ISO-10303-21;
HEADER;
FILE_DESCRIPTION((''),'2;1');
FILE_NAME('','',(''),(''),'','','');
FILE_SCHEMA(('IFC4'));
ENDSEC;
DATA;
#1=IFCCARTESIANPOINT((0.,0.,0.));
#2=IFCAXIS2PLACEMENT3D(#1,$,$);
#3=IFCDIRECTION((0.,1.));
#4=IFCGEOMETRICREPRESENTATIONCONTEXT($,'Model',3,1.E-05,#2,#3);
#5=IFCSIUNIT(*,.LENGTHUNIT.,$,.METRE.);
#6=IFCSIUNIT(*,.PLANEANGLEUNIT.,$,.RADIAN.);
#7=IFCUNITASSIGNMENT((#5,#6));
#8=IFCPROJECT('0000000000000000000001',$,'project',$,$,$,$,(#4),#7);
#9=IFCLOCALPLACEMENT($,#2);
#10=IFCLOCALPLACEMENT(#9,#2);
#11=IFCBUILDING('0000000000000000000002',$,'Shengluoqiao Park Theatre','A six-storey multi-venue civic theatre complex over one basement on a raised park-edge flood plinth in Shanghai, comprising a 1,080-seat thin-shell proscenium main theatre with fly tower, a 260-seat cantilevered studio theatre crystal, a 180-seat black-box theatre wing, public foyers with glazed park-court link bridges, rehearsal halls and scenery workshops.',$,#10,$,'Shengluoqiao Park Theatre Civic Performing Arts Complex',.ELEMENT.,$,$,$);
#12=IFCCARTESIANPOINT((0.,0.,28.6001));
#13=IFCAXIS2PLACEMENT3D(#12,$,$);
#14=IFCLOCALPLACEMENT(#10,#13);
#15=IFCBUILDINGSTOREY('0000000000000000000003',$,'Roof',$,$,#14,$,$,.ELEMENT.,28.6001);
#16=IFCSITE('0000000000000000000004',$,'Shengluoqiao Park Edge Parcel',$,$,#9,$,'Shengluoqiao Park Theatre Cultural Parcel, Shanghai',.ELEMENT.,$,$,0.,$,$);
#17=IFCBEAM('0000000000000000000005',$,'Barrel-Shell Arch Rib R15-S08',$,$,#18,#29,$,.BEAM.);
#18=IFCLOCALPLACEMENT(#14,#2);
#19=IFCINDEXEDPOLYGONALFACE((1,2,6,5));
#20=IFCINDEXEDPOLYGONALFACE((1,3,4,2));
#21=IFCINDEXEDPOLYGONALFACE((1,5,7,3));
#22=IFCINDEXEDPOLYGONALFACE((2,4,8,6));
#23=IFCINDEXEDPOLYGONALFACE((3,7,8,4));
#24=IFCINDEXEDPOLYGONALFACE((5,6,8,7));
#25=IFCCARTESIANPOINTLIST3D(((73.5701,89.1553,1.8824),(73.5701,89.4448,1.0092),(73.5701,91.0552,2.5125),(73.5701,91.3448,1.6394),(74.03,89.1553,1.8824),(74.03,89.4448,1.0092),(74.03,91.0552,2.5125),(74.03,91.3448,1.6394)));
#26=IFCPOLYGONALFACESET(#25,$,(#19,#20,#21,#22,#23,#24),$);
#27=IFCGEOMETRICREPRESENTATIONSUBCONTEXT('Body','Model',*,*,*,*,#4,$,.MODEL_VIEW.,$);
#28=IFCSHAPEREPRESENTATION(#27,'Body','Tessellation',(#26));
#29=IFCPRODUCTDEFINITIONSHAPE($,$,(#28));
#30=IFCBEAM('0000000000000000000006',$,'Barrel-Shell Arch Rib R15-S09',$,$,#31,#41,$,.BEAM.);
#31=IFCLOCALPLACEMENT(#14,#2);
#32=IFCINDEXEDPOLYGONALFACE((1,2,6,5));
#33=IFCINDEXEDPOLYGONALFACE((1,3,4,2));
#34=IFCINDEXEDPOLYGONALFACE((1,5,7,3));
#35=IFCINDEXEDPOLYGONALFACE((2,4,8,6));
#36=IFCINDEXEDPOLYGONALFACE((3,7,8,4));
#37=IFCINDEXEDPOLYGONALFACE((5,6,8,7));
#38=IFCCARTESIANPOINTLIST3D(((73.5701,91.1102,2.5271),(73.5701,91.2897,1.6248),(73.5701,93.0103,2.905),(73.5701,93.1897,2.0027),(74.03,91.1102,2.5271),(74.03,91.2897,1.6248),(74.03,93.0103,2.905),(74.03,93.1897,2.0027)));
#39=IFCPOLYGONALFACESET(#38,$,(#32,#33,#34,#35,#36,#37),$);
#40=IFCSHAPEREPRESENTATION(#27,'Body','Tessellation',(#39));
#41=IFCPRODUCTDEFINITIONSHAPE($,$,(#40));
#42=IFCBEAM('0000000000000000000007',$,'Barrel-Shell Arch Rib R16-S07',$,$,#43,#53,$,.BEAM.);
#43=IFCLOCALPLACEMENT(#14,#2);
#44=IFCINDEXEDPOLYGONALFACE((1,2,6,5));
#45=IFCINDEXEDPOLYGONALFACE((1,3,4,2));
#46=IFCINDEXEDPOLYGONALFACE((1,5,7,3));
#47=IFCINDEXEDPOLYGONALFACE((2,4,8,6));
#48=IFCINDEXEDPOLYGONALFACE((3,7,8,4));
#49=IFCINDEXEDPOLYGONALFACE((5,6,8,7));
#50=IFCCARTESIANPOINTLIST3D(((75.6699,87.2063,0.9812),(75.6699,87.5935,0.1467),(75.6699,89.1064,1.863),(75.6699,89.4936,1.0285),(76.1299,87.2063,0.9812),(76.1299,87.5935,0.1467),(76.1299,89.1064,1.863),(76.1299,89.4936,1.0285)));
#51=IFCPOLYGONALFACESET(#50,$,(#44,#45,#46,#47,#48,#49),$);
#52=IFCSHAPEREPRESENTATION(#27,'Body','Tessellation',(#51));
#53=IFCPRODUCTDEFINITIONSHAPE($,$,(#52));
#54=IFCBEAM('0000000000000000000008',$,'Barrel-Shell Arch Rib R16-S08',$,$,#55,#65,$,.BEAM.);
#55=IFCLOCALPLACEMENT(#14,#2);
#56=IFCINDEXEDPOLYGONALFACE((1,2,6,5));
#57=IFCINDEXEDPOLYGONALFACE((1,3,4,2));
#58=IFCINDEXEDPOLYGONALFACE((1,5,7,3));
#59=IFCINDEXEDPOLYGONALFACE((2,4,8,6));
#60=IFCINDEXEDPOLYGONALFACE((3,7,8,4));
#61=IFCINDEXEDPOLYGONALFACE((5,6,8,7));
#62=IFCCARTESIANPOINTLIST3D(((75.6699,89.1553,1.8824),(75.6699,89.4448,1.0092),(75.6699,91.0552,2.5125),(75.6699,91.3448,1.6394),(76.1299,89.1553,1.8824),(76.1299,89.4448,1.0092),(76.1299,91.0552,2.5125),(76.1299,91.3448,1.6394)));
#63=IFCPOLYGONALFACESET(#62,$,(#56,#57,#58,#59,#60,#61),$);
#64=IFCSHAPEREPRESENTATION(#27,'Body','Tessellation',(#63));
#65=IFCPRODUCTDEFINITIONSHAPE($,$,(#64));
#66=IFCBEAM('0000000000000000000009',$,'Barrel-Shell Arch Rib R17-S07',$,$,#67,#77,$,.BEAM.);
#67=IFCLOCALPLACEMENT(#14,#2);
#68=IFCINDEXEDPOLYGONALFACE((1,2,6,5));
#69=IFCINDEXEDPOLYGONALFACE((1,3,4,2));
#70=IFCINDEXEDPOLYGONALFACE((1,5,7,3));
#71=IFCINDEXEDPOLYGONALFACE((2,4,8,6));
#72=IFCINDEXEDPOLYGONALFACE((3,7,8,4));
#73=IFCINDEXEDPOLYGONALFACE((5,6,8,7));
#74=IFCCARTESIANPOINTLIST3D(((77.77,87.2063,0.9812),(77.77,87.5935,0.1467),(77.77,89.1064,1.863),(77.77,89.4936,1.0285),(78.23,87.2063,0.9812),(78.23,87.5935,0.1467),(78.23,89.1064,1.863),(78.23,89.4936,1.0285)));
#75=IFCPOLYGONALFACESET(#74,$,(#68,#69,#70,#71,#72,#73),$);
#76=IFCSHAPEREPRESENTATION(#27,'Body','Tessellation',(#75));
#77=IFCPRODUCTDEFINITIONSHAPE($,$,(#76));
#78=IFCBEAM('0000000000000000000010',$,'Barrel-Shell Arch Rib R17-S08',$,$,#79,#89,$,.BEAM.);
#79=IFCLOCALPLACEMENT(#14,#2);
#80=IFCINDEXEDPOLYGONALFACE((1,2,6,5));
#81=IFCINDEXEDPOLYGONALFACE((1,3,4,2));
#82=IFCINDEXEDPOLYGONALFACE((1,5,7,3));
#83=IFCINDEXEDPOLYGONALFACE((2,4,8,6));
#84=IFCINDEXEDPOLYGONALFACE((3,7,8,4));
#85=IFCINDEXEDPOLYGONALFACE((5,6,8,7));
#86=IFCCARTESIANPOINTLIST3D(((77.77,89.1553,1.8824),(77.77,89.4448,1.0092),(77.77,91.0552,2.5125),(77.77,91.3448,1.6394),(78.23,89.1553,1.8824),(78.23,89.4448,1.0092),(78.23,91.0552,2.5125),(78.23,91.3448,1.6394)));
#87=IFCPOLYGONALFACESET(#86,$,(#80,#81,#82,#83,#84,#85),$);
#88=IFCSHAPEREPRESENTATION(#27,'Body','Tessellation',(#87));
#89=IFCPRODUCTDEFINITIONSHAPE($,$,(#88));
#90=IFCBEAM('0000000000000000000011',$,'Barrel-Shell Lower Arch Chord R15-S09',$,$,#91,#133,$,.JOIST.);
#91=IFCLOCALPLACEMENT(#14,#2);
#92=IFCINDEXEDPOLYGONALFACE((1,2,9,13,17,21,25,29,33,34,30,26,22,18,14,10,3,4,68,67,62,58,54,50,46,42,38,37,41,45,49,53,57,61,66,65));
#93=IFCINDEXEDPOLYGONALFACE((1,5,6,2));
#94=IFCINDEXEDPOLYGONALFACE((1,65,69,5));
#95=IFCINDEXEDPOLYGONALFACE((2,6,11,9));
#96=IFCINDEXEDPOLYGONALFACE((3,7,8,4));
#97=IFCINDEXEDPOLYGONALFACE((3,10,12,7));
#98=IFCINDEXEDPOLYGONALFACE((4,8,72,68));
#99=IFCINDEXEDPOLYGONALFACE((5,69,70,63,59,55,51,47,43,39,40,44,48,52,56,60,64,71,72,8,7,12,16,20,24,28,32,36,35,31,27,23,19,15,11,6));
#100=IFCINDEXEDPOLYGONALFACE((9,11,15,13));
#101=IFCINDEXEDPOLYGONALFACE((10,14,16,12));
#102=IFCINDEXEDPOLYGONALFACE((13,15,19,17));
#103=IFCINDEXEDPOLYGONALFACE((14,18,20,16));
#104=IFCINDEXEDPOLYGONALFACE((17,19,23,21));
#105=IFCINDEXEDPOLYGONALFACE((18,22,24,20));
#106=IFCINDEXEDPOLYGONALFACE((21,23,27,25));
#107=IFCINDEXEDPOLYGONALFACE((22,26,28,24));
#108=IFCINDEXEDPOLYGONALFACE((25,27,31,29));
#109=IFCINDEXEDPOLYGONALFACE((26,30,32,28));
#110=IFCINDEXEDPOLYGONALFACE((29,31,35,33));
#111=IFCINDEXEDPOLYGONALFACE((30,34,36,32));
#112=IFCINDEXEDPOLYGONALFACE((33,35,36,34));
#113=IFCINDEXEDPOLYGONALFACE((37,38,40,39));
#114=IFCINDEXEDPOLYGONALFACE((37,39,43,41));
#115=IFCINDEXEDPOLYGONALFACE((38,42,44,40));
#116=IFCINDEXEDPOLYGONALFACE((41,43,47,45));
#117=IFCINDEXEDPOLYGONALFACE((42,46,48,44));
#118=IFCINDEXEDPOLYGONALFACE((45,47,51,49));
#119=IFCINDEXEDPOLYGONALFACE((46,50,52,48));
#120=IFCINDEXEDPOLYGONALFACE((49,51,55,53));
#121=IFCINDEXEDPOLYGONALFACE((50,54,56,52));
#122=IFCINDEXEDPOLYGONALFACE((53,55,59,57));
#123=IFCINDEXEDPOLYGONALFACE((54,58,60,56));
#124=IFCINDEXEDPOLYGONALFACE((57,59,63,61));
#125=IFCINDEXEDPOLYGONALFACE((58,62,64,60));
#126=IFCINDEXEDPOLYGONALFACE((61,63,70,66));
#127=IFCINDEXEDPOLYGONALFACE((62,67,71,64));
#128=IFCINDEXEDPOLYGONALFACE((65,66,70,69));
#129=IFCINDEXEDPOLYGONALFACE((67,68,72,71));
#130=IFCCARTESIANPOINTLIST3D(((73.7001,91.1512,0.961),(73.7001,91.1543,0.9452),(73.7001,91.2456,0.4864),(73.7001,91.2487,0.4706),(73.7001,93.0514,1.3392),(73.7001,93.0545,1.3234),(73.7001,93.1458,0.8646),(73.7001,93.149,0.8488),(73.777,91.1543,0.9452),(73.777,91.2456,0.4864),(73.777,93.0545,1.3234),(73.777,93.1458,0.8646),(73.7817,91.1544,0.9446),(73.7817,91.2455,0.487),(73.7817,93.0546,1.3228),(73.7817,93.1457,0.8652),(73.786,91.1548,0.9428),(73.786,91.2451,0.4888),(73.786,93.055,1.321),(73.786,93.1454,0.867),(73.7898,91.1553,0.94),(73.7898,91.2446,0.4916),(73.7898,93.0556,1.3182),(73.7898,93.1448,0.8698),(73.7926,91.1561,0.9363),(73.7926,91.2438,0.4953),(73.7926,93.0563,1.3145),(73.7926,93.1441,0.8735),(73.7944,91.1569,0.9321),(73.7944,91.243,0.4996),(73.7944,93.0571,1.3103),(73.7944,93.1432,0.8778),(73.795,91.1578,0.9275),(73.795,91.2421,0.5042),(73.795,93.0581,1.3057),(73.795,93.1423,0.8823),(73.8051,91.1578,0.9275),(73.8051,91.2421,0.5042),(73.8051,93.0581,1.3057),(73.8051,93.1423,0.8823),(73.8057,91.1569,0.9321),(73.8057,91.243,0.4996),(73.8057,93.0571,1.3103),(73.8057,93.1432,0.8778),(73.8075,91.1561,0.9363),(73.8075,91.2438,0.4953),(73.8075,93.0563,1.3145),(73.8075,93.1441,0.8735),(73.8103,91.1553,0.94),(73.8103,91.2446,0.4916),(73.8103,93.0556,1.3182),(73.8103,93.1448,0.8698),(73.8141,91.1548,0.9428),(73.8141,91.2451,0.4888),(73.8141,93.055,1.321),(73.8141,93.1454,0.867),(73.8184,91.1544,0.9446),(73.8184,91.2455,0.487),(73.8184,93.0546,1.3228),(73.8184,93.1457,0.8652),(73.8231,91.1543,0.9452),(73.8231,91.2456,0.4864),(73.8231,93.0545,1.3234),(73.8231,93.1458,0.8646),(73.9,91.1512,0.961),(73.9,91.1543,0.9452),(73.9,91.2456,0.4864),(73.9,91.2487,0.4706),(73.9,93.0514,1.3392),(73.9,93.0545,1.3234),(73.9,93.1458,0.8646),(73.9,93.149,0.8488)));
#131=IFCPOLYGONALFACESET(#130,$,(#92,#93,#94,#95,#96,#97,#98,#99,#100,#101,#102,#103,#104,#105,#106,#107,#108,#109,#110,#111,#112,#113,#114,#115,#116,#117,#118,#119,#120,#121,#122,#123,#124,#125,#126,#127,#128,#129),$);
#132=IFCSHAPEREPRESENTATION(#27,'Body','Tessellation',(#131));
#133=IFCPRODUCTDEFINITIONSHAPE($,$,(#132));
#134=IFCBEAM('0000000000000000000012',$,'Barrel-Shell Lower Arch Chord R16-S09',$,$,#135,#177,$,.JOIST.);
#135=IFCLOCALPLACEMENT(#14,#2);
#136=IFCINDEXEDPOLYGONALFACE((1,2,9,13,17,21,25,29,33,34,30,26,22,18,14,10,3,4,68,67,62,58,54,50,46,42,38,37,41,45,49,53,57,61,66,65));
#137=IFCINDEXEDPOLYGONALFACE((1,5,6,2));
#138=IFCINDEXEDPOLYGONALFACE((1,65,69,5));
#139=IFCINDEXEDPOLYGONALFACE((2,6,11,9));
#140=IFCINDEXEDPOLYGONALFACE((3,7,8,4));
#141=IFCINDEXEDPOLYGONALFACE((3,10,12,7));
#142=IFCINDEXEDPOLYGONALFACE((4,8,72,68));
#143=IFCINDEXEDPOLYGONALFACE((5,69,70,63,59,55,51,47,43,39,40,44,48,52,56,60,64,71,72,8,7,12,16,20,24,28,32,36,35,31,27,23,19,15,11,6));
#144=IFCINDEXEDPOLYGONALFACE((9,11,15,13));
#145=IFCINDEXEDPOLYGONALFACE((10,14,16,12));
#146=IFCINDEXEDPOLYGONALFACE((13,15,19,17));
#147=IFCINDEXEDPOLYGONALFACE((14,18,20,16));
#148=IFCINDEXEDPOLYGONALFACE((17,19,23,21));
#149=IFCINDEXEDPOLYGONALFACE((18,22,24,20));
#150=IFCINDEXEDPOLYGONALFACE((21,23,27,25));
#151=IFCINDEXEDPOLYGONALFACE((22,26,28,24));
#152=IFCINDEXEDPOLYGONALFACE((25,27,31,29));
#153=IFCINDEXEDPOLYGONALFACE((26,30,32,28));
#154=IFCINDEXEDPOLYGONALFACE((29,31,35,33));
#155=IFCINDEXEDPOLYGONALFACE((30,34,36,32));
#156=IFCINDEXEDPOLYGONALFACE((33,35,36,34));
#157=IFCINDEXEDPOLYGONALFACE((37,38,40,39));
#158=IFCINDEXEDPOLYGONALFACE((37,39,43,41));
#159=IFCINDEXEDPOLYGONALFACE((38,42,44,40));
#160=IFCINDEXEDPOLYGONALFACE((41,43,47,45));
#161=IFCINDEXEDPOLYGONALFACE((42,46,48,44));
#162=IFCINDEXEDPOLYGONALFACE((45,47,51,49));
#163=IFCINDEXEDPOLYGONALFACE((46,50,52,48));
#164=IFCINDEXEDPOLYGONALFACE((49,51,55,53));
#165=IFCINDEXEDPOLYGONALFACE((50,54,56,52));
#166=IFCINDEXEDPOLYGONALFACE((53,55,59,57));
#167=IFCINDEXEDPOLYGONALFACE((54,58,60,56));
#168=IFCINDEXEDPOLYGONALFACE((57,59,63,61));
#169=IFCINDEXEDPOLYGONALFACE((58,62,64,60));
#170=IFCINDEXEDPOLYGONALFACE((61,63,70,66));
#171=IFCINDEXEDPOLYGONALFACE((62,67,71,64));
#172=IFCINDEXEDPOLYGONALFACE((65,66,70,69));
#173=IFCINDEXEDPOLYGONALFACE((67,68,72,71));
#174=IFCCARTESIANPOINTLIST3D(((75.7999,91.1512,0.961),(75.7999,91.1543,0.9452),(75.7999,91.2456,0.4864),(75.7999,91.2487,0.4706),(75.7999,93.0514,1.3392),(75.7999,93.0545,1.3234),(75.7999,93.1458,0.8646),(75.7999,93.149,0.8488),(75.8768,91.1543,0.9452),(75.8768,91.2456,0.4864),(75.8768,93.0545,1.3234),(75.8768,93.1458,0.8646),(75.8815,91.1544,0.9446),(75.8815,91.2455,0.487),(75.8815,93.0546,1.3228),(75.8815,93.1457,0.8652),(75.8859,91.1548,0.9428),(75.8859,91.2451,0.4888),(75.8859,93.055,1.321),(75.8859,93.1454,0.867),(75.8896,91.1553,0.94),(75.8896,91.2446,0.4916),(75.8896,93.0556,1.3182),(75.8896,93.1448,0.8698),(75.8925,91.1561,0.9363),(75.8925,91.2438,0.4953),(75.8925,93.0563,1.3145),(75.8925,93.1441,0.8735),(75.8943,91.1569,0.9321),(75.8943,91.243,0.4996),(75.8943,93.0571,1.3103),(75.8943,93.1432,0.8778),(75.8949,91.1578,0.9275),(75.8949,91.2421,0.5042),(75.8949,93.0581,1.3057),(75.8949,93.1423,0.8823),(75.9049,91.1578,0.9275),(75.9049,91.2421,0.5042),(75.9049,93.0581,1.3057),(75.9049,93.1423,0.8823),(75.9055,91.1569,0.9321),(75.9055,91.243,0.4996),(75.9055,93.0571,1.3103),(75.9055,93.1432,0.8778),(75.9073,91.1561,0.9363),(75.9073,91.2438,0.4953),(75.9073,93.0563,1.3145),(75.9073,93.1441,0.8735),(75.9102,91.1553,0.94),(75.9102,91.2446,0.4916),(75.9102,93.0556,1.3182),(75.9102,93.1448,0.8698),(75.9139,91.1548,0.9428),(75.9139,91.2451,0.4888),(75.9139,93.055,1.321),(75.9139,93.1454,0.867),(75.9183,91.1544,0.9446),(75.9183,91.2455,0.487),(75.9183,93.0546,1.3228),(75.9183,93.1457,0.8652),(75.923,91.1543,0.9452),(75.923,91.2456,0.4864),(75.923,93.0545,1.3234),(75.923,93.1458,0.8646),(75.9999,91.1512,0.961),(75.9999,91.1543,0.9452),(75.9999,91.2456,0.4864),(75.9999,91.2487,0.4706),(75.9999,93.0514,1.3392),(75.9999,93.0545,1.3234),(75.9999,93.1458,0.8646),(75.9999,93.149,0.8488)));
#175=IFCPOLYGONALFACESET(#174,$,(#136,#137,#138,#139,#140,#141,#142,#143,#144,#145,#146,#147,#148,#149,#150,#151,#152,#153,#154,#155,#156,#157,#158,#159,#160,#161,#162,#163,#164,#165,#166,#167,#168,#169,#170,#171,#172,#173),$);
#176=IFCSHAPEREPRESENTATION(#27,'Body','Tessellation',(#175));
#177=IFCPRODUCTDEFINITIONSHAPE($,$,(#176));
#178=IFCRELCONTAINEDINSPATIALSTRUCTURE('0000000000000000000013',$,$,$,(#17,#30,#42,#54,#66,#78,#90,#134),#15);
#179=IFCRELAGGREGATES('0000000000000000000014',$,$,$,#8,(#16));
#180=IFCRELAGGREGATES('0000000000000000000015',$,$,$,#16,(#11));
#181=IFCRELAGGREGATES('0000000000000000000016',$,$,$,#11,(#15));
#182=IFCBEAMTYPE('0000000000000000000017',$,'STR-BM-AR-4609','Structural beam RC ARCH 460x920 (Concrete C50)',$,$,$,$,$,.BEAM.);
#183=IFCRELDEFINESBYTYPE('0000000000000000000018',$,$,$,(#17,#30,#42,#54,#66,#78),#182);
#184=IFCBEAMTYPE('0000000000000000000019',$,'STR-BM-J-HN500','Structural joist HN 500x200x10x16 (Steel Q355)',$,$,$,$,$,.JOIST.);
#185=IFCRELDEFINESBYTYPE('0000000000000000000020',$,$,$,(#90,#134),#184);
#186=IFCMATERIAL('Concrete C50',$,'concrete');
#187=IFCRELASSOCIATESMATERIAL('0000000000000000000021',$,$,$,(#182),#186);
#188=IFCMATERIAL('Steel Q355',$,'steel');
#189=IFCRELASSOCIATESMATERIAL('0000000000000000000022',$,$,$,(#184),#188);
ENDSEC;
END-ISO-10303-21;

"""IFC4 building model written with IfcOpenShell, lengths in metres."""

from ifc_helpers import new_model, si_unit, direction, frame, origin, origin_2d, place, context, subcontext, project, spatial, rectangle, i_section, extrude, material, material_profile, profile_set, type_object, element, save


model = new_model("IFC4")

# Units and contexts
model_context = context("Model", 3, precision=1e-05, world=origin(), true_north=direction((0.0, 1.0)))
body_context = subcontext(model_context, "Body", "Model", "MODEL_VIEW")
ifc_project = project(units=[si_unit("LENGTHUNIT", "METRE"), si_unit("PLANEANGLEUNIT", "RADIAN")], contexts=[model_context])

# Site, building, storey
site_placement = place(None, origin())
site = spatial("IfcSite", under=ifc_project, at=site_placement, Name="Shengluoqiao Park Edge Parcel", LongName="Shengluoqiao Park Theatre Cultural Parcel, Shanghai", CompositionType="ELEMENT", RefElevation=0.0)
building_placement = place(site_placement, origin())
building = spatial("IfcBuilding", under=site, at=building_placement, Name="Shengluoqiao Park Theatre", Description="A six-storey multi-venue civic theatre complex over one basement on a raised park-edge flood plinth in Shanghai, comprising a 1,080-seat thin-shell proscenium main theatre with fly tower, a 260-seat cantilevered studio theatre crystal, a 180-seat black-box theatre wing, public foyers with glazed park-court link bridges, rehearsal halls and scenery workshops.", LongName="Shengluoqiao Park Theatre Civic Performing Arts Complex", CompositionType="ELEMENT")
storey_placement = place(building_placement, frame((0.0, 0.0, 28.6001)))
storey = spatial("IfcBuildingStorey", under=building, at=storey_placement, Name="Roof", CompositionType="ELEMENT", Elevation=28.6001)

# Beams
ifc_material_1 = material(Name="Concrete C50", Category="concrete")
ifc_material_profile_1 = material_profile(ifc_material_1, rectangle(XDim=0.46, YDim=0.9199, at=origin_2d()), Name="RC ARCH 460x920")
ifc_profile_set_1 = profile_set([ifc_material_profile_1], Name="Concrete C50")
beam_type_1 = type_object("IfcBeamType", Name="STR-BM-AR-4609", Description="Structural beam RC ARCH 460x920 (Concrete C50)", PredefinedType="BEAM", material=ifc_profile_set_1)
beam_1_placement = place(storey_placement, frame((73.8, 89.3, 1.4458), z_axis=(0.0, 0.949158, 0.3148), x_axis=(-1.0, 0.0, 0.0)))
element("IfcBeam", 1, at=beam_1_placement, inside=storey, type_object=beam_type_1, Name="Barrel-Shell Arch Rib R15-S08", PredefinedType="BEAM", context=body_context, shape_type="SweptSolid", body=[
    extrude(rectangle(XDim=0.46, YDim=0.9199, at=origin_2d()), origin(), (0.0, 0.0, 1.0), 2.0017),
])
beam_2_placement = place(storey_placement, frame((73.8, 91.2, 2.0759), z_axis=(0.0, 0.980789, 0.195074), x_axis=(-1.0, 0.0, 0.0)))
element("IfcBeam", 2, at=beam_2_placement, inside=storey, type_object=beam_type_1, Name="Barrel-Shell Arch Rib R15-S09", PredefinedType="BEAM", context=body_context, shape_type="SweptSolid", body=[
    extrude(rectangle(XDim=0.46, YDim=0.9199, at=origin_2d()), origin(), (0.0, 0.0, 1.0), 1.9373),
])
beam_3_placement = place(storey_placement, frame((75.8999, 87.3999, 0.564), z_axis=(0.0, 0.907077, 0.420964), x_axis=(-1.0, 0.0, 0.0)))
element("IfcBeam", 3, at=beam_3_placement, inside=storey, type_object=beam_type_1, Name="Barrel-Shell Arch Rib R16-S07", PredefinedType="BEAM", context=body_context, shape_type="SweptSolid", body=[
    extrude(rectangle(XDim=0.46, YDim=0.9199, at=origin_2d()), origin(), (0.0, 0.0, 1.0), 2.0947),
])
beam_4_placement = place(storey_placement, frame((75.8999, 89.3, 1.4458), z_axis=(0.0, 0.949158, 0.3148), x_axis=(-1.0, 0.0, 0.0)))
element("IfcBeam", 4, at=beam_4_placement, inside=storey, type_object=beam_type_1, Name="Barrel-Shell Arch Rib R16-S08", PredefinedType="BEAM", context=body_context, shape_type="SweptSolid", body=[
    extrude(rectangle(XDim=0.46, YDim=0.9199, at=origin_2d()), origin(), (0.0, 0.0, 1.0), 2.0017),
])
beam_5_placement = place(storey_placement, frame((78.0, 87.3999, 0.564), z_axis=(0.0, 0.907077, 0.420964), x_axis=(-1.0, 0.0, 0.0)))
element("IfcBeam", 5, at=beam_5_placement, inside=storey, type_object=beam_type_1, Name="Barrel-Shell Arch Rib R17-S07", PredefinedType="BEAM", context=body_context, shape_type="SweptSolid", body=[
    extrude(rectangle(XDim=0.46, YDim=0.9199, at=origin_2d()), origin(), (0.0, 0.0, 1.0), 2.0947),
])
beam_6_placement = place(storey_placement, frame((78.0, 89.3, 1.4458), z_axis=(0.0, 0.949158, 0.3148), x_axis=(-1.0, 0.0, 0.0)))
element("IfcBeam", 6, at=beam_6_placement, inside=storey, type_object=beam_type_1, Name="Barrel-Shell Arch Rib R17-S08", PredefinedType="BEAM", context=body_context, shape_type="SweptSolid", body=[
    extrude(rectangle(XDim=0.46, YDim=0.9199, at=origin_2d()), origin(), (0.0, 0.0, 1.0), 2.0017),
])
ifc_material_2 = material(Name="Steel Q355", Category="steel")
ifc_material_profile_2 = material_profile(ifc_material_2, i_section(OverallWidth=0.2, OverallDepth=0.5, WebThickness=0.01, FlangeThickness=0.0161, FilletRadius=0.0181, at=origin_2d()), Name="HN 500x200x10x16")
ifc_profile_set_2 = profile_set([ifc_material_profile_2], Name="Steel Q355")
beam_type_2 = type_object("IfcBeamType", Name="STR-BM-J-HN500", Description="Structural joist HN 500x200x10x16 (Steel Q355)", PredefinedType="JOIST", material=ifc_profile_set_2)
for number, where, z_axis, x_axis, name in (
    (7, (73.8, 91.2, 0.7158), (0.0, 0.980764, 0.195195), (-1.0, 0.0, 0.0), "Barrel-Shell Lower Arch Chord R15-S09"),
    (8, (75.8999, 91.2, 0.7158), (0.0, 0.980764, 0.195195), (-1.0, 0.0, 0.0), "Barrel-Shell Lower Arch Chord R16-S09"),
):
    element("IfcBeam", number, at=place(storey_placement, frame(where, z_axis=z_axis, x_axis=x_axis)), inside=storey, type_object=beam_type_2, Name=name, PredefinedType="JOIST", context=body_context, shape_type="SweptSolid", body=[
        extrude(i_section(OverallWidth=0.2, OverallDepth=0.5, WebThickness=0.01, FlangeThickness=0.0161, FilletRadius=0.0181, at=origin_2d()), origin(), (0.0, 0.0, 1.0), 1.9375),
    ])

save(model, "model.ifc")
